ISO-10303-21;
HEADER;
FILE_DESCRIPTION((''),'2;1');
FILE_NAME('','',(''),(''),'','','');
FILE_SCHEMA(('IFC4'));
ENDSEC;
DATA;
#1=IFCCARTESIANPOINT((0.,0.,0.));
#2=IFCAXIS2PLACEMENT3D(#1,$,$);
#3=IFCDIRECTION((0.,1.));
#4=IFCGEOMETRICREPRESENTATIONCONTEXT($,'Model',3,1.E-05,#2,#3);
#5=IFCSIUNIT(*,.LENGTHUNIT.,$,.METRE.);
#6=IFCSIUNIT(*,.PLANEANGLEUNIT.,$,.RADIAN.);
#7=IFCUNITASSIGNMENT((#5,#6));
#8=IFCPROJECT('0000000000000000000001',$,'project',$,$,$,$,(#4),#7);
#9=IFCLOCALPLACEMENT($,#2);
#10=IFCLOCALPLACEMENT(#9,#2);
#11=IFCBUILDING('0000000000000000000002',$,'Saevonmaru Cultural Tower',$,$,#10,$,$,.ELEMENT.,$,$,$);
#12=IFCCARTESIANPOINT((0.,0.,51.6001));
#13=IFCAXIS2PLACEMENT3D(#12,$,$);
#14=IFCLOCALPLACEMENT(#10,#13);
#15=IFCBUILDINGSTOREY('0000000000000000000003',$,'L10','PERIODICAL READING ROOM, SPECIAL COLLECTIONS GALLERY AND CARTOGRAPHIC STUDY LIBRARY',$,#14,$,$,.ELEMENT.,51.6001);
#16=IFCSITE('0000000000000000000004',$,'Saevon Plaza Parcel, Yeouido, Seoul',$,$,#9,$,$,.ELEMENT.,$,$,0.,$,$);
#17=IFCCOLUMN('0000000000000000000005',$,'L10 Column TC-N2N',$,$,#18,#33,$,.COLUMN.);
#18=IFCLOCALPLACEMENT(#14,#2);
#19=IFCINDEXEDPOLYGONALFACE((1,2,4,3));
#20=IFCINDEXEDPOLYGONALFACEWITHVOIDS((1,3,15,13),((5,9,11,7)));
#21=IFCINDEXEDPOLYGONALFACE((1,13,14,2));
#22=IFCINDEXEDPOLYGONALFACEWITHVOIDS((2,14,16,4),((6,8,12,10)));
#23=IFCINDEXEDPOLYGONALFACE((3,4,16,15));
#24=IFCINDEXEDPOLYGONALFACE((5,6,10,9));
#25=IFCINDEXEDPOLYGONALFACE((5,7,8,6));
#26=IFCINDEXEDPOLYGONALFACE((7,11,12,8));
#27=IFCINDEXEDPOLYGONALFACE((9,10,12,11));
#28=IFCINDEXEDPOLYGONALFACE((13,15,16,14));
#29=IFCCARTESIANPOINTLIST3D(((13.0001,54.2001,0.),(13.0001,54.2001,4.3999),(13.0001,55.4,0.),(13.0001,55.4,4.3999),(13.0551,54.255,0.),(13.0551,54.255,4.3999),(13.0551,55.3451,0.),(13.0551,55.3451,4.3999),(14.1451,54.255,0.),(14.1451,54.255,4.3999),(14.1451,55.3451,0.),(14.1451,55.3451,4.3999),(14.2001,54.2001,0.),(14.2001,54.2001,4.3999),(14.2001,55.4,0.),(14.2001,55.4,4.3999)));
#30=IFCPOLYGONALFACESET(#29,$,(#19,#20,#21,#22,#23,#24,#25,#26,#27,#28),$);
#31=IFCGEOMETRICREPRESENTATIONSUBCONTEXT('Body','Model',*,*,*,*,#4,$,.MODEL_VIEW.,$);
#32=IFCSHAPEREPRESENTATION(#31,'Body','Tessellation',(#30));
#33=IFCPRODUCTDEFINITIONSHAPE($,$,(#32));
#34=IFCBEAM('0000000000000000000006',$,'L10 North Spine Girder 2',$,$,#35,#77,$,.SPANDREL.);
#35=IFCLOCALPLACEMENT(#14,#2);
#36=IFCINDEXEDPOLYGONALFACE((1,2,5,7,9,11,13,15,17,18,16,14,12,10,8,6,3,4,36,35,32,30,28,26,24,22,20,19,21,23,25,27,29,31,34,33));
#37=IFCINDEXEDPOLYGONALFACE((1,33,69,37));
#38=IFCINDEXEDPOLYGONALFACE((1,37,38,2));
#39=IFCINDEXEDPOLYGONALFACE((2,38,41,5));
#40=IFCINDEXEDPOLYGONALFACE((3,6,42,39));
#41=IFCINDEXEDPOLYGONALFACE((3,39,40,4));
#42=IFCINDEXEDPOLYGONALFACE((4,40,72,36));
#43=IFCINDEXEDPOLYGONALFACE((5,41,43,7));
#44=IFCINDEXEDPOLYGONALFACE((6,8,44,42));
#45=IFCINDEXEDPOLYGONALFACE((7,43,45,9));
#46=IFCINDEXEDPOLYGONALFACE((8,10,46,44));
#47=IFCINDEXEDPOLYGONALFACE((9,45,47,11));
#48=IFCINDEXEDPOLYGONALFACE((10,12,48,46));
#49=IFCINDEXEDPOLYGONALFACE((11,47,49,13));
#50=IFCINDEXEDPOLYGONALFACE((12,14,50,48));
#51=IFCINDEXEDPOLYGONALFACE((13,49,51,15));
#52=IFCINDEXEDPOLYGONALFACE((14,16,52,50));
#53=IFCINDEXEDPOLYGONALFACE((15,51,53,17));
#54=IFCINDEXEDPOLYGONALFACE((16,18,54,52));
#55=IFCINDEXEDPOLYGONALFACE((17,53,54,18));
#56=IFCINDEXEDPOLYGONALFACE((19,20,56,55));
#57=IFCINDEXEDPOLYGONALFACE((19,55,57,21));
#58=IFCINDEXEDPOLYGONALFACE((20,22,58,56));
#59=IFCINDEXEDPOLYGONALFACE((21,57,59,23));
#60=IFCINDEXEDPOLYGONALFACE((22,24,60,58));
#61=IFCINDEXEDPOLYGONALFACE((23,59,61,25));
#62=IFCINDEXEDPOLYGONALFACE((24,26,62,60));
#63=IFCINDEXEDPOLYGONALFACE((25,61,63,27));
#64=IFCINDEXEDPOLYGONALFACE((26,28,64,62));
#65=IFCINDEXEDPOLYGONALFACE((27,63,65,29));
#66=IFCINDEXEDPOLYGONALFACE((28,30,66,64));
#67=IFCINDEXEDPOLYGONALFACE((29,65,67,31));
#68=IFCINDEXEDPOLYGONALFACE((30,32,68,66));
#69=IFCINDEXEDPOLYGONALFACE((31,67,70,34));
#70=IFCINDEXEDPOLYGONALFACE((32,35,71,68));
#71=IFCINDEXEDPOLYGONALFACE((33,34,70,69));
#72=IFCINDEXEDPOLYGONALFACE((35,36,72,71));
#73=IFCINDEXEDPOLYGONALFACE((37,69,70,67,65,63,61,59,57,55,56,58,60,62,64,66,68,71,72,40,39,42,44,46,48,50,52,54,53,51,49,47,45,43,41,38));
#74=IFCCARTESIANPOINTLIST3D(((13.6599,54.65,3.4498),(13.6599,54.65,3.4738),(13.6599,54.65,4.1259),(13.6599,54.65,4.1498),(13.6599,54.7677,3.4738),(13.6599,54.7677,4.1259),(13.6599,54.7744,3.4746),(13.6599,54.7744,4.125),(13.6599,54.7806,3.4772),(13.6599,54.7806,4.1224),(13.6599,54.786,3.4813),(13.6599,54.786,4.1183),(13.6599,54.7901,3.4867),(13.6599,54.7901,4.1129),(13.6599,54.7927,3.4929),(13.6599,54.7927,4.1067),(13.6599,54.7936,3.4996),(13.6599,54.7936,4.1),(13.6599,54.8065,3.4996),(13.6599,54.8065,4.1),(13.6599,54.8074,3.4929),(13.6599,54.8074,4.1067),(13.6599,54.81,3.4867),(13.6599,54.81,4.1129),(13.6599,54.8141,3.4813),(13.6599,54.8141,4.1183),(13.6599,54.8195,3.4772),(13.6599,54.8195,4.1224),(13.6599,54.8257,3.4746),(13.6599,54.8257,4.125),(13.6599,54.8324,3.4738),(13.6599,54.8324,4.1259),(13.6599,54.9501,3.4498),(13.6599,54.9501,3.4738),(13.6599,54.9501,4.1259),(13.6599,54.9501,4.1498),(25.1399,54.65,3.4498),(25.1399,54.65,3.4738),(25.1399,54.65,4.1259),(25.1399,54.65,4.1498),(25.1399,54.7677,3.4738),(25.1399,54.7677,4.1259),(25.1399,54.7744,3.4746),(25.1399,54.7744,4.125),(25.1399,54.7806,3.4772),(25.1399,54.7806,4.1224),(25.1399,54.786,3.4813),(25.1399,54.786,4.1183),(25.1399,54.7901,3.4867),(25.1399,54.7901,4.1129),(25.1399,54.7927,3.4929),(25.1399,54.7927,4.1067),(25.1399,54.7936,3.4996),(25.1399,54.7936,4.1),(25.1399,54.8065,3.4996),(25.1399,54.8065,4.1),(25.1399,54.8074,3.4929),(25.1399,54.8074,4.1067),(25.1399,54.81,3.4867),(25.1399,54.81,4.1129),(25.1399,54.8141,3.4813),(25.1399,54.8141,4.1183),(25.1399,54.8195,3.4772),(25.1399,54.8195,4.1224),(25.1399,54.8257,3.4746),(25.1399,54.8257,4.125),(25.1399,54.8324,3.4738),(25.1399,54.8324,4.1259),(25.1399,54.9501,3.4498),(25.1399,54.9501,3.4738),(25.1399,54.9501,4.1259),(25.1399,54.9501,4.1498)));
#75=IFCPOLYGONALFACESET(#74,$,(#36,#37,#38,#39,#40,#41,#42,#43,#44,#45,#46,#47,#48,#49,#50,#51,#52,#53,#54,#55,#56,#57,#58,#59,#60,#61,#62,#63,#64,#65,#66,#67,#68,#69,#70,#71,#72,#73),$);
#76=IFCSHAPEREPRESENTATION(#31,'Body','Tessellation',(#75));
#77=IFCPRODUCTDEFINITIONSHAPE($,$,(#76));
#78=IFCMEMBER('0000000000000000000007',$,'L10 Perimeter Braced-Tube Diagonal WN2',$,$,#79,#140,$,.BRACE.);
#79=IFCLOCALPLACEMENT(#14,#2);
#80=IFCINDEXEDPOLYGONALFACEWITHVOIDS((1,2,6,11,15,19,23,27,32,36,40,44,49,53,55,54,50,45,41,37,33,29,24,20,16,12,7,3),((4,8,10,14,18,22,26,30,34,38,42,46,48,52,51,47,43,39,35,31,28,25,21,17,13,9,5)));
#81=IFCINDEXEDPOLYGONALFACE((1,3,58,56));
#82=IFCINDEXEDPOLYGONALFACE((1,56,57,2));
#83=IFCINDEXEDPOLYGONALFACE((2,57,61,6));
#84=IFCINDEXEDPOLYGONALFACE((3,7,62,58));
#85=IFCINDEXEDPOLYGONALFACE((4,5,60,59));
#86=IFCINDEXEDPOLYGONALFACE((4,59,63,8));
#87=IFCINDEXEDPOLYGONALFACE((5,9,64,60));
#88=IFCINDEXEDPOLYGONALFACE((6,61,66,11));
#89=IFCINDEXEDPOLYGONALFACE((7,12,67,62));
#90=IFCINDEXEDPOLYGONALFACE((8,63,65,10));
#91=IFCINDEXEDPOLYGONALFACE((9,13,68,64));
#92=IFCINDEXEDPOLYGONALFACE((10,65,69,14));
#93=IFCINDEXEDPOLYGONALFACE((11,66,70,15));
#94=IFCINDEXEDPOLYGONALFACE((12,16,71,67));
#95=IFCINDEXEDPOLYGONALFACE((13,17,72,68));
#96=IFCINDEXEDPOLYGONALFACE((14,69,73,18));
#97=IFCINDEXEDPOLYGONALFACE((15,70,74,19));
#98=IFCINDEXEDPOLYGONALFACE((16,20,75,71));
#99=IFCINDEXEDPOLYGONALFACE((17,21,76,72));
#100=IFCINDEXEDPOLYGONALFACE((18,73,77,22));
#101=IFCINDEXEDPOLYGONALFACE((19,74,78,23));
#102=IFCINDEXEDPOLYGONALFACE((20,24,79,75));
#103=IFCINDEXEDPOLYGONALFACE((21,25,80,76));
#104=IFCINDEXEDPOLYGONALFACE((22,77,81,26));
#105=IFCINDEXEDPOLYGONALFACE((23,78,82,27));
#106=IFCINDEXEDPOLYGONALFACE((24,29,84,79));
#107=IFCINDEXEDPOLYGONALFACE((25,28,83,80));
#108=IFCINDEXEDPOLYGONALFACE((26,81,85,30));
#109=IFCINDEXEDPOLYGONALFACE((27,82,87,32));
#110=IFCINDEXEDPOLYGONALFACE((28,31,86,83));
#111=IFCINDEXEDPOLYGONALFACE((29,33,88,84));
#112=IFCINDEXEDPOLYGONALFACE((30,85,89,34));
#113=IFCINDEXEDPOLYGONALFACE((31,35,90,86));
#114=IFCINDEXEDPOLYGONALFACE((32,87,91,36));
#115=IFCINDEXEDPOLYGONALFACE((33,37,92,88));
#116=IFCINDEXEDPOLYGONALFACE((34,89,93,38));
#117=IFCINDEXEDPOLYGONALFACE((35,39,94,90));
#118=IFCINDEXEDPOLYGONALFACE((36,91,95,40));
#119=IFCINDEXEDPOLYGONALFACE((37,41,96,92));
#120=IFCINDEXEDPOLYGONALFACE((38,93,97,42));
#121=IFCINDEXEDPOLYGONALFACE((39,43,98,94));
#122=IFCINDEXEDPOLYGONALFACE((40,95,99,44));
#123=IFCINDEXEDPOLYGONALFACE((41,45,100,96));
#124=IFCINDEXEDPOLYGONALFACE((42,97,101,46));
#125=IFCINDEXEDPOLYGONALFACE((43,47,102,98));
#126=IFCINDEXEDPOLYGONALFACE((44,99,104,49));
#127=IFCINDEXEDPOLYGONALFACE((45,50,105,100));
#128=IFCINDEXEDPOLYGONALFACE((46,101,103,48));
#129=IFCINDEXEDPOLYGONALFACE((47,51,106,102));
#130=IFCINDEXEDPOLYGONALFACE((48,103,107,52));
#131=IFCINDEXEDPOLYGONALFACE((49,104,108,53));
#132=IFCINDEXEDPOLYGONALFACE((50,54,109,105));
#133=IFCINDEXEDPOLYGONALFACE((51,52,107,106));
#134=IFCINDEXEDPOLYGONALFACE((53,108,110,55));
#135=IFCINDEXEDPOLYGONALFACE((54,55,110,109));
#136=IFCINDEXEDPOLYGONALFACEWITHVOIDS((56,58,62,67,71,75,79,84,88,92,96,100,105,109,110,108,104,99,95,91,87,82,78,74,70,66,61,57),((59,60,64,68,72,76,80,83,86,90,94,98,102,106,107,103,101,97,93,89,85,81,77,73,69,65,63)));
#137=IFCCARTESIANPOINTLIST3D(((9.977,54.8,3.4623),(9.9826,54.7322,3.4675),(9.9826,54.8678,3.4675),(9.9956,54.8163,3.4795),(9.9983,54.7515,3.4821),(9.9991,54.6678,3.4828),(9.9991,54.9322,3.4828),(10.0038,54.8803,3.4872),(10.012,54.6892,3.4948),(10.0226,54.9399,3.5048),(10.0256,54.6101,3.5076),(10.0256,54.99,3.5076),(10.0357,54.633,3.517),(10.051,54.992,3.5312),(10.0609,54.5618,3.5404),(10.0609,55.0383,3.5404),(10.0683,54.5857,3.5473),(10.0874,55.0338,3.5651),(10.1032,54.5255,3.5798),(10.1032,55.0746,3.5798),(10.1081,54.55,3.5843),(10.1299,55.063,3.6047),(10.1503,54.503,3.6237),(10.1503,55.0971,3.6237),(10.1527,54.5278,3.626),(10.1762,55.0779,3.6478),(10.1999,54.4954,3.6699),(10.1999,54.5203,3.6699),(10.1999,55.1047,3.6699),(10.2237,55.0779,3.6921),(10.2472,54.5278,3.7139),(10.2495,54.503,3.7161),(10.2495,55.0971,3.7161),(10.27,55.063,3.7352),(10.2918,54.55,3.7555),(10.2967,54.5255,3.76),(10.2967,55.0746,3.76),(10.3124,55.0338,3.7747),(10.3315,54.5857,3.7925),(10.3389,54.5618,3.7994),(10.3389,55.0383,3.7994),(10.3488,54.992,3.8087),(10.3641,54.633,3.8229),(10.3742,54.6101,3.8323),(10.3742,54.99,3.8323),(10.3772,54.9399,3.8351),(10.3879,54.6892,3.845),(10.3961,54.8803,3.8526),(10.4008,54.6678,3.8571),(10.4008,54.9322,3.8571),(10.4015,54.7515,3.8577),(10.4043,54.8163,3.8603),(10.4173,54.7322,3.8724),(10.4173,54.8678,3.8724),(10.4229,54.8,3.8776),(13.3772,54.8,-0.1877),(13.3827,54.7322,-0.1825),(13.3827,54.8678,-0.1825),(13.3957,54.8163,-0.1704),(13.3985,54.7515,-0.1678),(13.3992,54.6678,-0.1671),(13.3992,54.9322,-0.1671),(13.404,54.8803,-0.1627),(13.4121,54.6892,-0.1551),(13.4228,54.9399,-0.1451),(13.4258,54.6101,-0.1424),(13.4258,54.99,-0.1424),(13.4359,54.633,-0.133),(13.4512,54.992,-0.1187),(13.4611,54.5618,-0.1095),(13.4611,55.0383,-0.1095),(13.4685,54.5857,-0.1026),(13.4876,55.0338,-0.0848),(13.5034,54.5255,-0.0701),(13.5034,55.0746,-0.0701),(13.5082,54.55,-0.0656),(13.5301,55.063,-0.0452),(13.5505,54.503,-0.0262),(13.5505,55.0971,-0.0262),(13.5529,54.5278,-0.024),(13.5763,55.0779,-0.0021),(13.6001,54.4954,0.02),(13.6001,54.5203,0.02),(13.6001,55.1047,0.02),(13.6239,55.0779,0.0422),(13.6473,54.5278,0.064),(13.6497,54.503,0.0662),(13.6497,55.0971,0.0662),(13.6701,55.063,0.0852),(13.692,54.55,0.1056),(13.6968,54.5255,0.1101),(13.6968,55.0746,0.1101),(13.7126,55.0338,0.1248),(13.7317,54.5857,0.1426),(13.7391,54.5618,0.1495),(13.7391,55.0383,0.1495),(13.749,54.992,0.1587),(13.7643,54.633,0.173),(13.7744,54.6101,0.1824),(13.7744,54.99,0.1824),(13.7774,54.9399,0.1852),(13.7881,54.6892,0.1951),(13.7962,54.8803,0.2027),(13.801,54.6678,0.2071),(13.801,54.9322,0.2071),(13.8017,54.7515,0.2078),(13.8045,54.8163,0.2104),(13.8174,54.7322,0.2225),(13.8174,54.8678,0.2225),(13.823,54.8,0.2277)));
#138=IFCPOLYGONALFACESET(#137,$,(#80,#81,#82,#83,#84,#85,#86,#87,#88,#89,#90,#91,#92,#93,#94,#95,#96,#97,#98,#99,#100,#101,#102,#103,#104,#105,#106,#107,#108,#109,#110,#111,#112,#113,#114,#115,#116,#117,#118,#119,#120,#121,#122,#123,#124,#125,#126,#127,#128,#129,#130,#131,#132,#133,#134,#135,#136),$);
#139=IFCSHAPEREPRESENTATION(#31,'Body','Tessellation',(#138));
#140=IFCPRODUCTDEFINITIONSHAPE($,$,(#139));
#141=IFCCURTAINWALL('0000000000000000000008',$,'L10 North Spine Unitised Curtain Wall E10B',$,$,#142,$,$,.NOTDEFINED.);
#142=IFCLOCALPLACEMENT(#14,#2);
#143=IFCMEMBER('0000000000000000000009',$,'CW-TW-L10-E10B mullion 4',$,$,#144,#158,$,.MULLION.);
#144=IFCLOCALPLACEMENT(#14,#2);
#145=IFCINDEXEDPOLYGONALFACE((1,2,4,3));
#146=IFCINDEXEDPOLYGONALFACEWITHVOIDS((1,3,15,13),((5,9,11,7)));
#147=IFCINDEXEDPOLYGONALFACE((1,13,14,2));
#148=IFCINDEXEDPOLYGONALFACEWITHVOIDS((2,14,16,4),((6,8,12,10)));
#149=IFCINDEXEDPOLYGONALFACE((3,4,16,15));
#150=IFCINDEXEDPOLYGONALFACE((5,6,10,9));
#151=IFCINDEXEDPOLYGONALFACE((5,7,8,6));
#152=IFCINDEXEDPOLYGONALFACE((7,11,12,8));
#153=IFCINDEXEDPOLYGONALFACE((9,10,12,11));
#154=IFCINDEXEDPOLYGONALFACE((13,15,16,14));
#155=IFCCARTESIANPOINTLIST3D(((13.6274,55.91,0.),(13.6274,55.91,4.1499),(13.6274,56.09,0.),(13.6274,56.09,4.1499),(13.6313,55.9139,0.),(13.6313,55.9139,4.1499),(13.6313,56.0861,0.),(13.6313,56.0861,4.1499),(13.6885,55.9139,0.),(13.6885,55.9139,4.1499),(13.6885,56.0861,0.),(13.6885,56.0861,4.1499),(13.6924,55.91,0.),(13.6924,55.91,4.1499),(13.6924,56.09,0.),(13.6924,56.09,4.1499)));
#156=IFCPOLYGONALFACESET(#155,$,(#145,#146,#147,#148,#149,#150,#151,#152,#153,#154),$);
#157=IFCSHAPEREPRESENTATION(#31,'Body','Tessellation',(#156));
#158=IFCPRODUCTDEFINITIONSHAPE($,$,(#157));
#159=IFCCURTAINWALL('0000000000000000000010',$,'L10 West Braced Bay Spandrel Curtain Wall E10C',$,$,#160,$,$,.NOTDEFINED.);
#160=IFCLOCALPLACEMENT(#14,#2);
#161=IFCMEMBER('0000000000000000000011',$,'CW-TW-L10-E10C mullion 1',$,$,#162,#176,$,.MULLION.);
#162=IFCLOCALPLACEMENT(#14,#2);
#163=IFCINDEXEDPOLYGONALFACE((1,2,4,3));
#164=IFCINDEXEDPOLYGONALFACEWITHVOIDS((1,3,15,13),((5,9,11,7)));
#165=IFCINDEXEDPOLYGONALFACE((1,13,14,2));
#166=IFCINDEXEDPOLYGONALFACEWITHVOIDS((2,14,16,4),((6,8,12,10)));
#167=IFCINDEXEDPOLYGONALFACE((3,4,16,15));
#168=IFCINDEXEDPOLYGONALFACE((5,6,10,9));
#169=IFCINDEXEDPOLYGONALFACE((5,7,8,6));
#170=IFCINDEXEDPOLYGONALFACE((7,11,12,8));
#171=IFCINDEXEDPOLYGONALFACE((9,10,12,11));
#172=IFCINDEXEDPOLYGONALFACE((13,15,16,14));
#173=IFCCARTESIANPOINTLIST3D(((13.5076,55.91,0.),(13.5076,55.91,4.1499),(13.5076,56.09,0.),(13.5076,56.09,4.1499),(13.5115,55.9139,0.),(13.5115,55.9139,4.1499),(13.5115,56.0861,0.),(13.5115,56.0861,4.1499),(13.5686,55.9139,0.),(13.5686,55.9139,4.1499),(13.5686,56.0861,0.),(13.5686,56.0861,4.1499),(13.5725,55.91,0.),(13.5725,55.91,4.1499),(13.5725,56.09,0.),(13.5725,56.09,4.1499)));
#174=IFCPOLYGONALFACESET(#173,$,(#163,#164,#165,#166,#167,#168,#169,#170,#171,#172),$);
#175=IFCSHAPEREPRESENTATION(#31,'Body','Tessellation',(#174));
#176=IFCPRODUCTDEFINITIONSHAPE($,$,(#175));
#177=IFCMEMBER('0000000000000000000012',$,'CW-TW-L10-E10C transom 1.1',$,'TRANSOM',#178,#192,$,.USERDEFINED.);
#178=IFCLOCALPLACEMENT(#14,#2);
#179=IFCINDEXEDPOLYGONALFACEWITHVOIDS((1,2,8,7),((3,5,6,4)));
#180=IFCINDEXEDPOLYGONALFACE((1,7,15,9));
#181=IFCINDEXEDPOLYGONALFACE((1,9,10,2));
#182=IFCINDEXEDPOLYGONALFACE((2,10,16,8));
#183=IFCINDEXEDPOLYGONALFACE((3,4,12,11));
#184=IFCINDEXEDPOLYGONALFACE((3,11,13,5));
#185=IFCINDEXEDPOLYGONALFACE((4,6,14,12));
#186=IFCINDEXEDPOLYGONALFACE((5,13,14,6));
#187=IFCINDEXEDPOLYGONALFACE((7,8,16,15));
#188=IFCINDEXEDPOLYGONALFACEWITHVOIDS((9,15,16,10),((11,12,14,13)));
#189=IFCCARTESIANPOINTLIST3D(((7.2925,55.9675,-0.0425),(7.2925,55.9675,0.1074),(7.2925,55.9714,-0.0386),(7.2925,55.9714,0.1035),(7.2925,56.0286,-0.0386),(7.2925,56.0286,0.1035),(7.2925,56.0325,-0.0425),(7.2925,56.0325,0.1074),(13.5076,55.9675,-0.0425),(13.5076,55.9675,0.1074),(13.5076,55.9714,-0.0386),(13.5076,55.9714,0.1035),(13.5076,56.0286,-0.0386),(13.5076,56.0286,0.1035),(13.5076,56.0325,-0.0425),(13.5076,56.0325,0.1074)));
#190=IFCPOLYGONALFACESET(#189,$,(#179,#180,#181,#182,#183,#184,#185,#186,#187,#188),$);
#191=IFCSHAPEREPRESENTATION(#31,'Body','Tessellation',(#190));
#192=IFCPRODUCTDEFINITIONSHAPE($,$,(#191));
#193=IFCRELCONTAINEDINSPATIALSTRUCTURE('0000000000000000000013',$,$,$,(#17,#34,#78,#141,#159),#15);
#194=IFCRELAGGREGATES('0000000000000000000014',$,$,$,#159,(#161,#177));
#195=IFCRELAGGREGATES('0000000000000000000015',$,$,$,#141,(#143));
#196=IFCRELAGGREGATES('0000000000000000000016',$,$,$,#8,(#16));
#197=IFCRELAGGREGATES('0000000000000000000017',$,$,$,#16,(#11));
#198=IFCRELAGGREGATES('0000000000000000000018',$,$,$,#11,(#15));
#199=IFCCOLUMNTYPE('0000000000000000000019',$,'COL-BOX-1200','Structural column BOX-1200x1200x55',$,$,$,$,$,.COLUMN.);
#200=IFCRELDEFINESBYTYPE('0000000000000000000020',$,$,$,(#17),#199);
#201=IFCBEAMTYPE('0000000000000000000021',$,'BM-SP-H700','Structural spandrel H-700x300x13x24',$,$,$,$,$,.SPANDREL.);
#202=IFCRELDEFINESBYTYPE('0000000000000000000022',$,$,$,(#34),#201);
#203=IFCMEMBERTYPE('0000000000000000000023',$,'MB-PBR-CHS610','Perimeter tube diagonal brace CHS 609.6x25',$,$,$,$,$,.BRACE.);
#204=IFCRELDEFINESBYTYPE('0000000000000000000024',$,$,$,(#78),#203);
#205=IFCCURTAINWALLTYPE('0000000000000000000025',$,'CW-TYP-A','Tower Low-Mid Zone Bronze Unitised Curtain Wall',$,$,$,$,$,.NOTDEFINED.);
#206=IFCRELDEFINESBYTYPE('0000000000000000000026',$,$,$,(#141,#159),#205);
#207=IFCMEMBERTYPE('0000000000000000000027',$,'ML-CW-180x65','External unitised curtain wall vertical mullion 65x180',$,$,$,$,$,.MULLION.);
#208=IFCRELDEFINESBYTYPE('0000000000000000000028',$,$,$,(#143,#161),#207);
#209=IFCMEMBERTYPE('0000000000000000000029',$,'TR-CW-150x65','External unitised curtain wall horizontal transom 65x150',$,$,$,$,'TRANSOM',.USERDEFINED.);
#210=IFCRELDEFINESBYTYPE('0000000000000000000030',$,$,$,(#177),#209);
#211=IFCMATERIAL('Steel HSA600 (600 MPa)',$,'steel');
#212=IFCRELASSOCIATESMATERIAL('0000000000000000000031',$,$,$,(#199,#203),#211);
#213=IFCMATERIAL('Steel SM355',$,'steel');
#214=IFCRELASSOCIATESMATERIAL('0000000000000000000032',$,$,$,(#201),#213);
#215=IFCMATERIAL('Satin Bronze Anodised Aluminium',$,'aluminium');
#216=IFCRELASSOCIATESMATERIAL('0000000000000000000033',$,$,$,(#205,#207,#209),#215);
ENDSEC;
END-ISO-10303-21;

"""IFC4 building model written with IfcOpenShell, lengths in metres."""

from ifc_helpers import new_model, si_unit, direction, frame, origin, origin_2d, place, context, subcontext, project, spatial, hollow_rectangle, hollow_circle, i_section, extrude, material, material_profile, profile_set, type_object, element, aggregate, save


model = new_model("IFC4")

# Units and contexts
model_context = context("Model", 3, precision=1e-05, world=origin(), true_north=direction((0.0, 1.0)))
body_context = subcontext(model_context, "Body", "Model", "MODEL_VIEW")
ifc_project = project(units=[si_unit("LENGTHUNIT", "METRE"), si_unit("PLANEANGLEUNIT", "RADIAN")], contexts=[model_context])

# Site, building, storey
site_placement = place(None, origin())
site = spatial("IfcSite", under=ifc_project, at=site_placement, Name="Saevon Plaza Parcel, Yeouido, Seoul", CompositionType="ELEMENT", RefElevation=0.0)
building_placement = place(site_placement, origin())
building = spatial("IfcBuilding", under=site, at=building_placement, Name="Saevonmaru Cultural Tower", CompositionType="ELEMENT")
storey_placement = place(building_placement, frame((0.0, 0.0, 51.6001)))
storey = spatial("IfcBuildingStorey", under=building, at=storey_placement, Name="L10", Description="PERIODICAL READING ROOM, SPECIAL COLLECTIONS GALLERY AND CARTOGRAPHIC STUDY LIBRARY", CompositionType="ELEMENT", Elevation=51.6001)

# Column
ifc_material_1 = material(Name="Steel HSA600 (600 MPa)", Category="steel")
ifc_material_profile_1 = material_profile(ifc_material_1, hollow_rectangle(XDim=1.2, YDim=1.2, WallThickness=0.0549, at=origin_2d()), Name="BOX-1200x1200x55")
ifc_profile_set_1 = profile_set([ifc_material_profile_1], Name="Steel HSA600 (600 MPa)")
column_type = type_object("IfcColumnType", Name="COL-BOX-1200", Description="Structural column BOX-1200x1200x55", PredefinedType="COLUMN", material=ifc_profile_set_1)
column_placement = place(storey_placement, frame((13.6001, 54.8, 0.0), z_axis=(0.0, 0.0, 1.0), x_axis=(1.0, 0.0, 0.0)))
element("IfcColumn", 1, at=column_placement, inside=storey, type_object=column_type, Name="L10 Column TC-N2N", PredefinedType="COLUMN", context=body_context, shape_type="SweptSolid", body=[
    extrude(hollow_rectangle(XDim=1.2, YDim=1.2, WallThickness=0.0549, at=origin_2d()), origin(), (0.0, 0.0, 1.0), 4.3999),
])

# Beam
ifc_material_2 = material(Name="Steel SM355", Category="steel")
ifc_material_profile_2 = material_profile(ifc_material_2, i_section(OverallWidth=0.3, OverallDepth=0.7, WebThickness=0.0129, FlangeThickness=0.0239, FilletRadius=0.0259, at=origin_2d()), Name="H-700x300x13x24")
ifc_profile_set_2 = profile_set([ifc_material_profile_2], Name="Steel SM355")
beam_type = type_object("IfcBeamType", Name="BM-SP-H700", Description="Structural spandrel H-700x300x13x24", PredefinedType="SPANDREL", material=ifc_profile_set_2)
beam_placement = place(storey_placement, frame((13.6599, 54.8, 3.7998), z_axis=(1.0, 0.0, 0.0), x_axis=(0.0, 1.0, 0.0)))
element("IfcBeam", 2, at=beam_placement, inside=storey, type_object=beam_type, Name="L10 North Spine Girder 2", PredefinedType="SPANDREL", context=body_context, shape_type="SweptSolid", body=[
    extrude(i_section(OverallWidth=0.3, OverallDepth=0.7, WebThickness=0.0129, FlangeThickness=0.0239, FilletRadius=0.0259, at=origin_2d()), origin(), (0.0, 0.0, 1.0), 11.48),
])

# Member
ifc_material_profile_3 = material_profile(ifc_material_1, hollow_circle(Radius=0.3047, WallThickness=0.0249, at=origin_2d()), Name="CHS-609.6x25")
ifc_profile_set_3 = profile_set([ifc_material_profile_3], Name="Steel HSA600 (600 MPa)")
member_type_1 = type_object("IfcMemberType", Name="MB-PBR-CHS610", Description="Perimeter tube diagonal brace CHS 609.6x25", PredefinedType="BRACE", material=ifc_profile_set_3)
member_1_placement = place(storey_placement, frame((13.6001, 54.8, 0.02), z_axis=(-0.681629, 0.0, 0.731698), x_axis=(0.0, -1.0, 0.0)))
element("IfcMember", 3, at=member_1_placement, inside=storey, type_object=member_type_1, Name="L10 Perimeter Braced-Tube Diagonal WN2", PredefinedType="BRACE", context=body_context, shape_type="SweptSolid", body=[
    extrude(hollow_circle(Radius=0.3047, WallThickness=0.0249, at=origin_2d()), origin(), (0.0, 0.0, 1.0), 4.9883),
])

# Curtain wall, member
ifc_material_3 = material(Name="Satin Bronze Anodised Aluminium", Category="aluminium")
curtain_wall_type = type_object("IfcCurtainWallType", Name="CW-TYP-A", Description="Tower Low-Mid Zone Bronze Unitised Curtain Wall", PredefinedType="NOTDEFINED", material=ifc_material_3)
curtain_wall_1_placement = place(storey_placement, origin())
curtain_wall_1 = element("IfcCurtainWall", 4, at=curtain_wall_1_placement, inside=storey, type_object=curtain_wall_type, Name="L10 North Spine Unitised Curtain Wall E10B", PredefinedType="NOTDEFINED")
ifc_material_profile_4 = material_profile(ifc_material_3, hollow_rectangle(XDim=0.0649, YDim=0.1799, WallThickness=0.0039, at=origin_2d()), Name="ALU-MULL-180x65x4")
ifc_profile_set_4 = profile_set([ifc_material_profile_4], Name="Satin Bronze Anodised Aluminium")
member_type_2 = type_object("IfcMemberType", Name="ML-CW-180x65", Description="External unitised curtain wall vertical mullion 65x180", PredefinedType="MULLION", material=ifc_profile_set_4)
member_2_placement = place(storey_placement, frame((13.6599, 56.0, 0.0), z_axis=(0.0, 0.0, 1.0), x_axis=(-1.0, 0.0, 0.0)))
member_2 = element("IfcMember", 5, at=member_2_placement, type_object=member_type_2, Name="CW-TW-L10-E10B mullion 4", PredefinedType="MULLION", context=body_context, shape_type="SweptSolid", body=[
    extrude(hollow_rectangle(XDim=0.0649, YDim=0.1799, WallThickness=0.0039, at=origin_2d()), origin(), (0.0, 0.0, 1.0), 4.1499),
])

# Curtain wall, members
curtain_wall_2_placement = place(storey_placement, origin())
curtain_wall_2 = element("IfcCurtainWall", 6, at=curtain_wall_2_placement, inside=storey, type_object=curtain_wall_type, Name="L10 West Braced Bay Spandrel Curtain Wall E10C", PredefinedType="NOTDEFINED")
member_3_placement = place(storey_placement, frame((13.54, 56.0, 0.0), z_axis=(0.0, 0.0, 1.0), x_axis=(-1.0, 0.0, 0.0)))
member_3 = element("IfcMember", 7, at=member_3_placement, type_object=member_type_2, Name="CW-TW-L10-E10C mullion 1", PredefinedType="MULLION", context=body_context, shape_type="SweptSolid", body=[
    extrude(hollow_rectangle(XDim=0.0649, YDim=0.1799, WallThickness=0.0039, at=origin_2d()), origin(), (0.0, 0.0, 1.0), 4.1499),
])
ifc_material_profile_5 = material_profile(ifc_material_3, hollow_rectangle(XDim=0.0649, YDim=0.1499, WallThickness=0.0039, at=origin_2d()), Name="ALU-TRAN-150x65x4")
ifc_profile_set_5 = profile_set([ifc_material_profile_5], Name="Satin Bronze Anodised Aluminium")
member_type_3 = type_object("IfcMemberType", Name="TR-CW-150x65", Description="External unitised curtain wall horizontal transom 65x150", ElementType="TRANSOM", PredefinedType="USERDEFINED", material=ifc_profile_set_5)
member_4_placement = place(storey_placement, frame((13.5076, 56.0, 0.0325), z_axis=(-1.0, 0.0, 0.0), x_axis=(0.0, -1.0, 0.0)))
member_4 = element("IfcMember", 8, at=member_4_placement, type_object=member_type_3, Name="CW-TW-L10-E10C transom 1.1", ObjectType="TRANSOM", PredefinedType="USERDEFINED", context=body_context, shape_type="SweptSolid", body=[
    extrude(hollow_rectangle(XDim=0.0649, YDim=0.1499, WallThickness=0.0039, at=origin_2d()), origin(), (0.0, 0.0, 1.0), 6.2151),
])
aggregate(curtain_wall_2, [member_3, member_4])

aggregate(curtain_wall_1, [member_2])

save(model, "model.ifc")
